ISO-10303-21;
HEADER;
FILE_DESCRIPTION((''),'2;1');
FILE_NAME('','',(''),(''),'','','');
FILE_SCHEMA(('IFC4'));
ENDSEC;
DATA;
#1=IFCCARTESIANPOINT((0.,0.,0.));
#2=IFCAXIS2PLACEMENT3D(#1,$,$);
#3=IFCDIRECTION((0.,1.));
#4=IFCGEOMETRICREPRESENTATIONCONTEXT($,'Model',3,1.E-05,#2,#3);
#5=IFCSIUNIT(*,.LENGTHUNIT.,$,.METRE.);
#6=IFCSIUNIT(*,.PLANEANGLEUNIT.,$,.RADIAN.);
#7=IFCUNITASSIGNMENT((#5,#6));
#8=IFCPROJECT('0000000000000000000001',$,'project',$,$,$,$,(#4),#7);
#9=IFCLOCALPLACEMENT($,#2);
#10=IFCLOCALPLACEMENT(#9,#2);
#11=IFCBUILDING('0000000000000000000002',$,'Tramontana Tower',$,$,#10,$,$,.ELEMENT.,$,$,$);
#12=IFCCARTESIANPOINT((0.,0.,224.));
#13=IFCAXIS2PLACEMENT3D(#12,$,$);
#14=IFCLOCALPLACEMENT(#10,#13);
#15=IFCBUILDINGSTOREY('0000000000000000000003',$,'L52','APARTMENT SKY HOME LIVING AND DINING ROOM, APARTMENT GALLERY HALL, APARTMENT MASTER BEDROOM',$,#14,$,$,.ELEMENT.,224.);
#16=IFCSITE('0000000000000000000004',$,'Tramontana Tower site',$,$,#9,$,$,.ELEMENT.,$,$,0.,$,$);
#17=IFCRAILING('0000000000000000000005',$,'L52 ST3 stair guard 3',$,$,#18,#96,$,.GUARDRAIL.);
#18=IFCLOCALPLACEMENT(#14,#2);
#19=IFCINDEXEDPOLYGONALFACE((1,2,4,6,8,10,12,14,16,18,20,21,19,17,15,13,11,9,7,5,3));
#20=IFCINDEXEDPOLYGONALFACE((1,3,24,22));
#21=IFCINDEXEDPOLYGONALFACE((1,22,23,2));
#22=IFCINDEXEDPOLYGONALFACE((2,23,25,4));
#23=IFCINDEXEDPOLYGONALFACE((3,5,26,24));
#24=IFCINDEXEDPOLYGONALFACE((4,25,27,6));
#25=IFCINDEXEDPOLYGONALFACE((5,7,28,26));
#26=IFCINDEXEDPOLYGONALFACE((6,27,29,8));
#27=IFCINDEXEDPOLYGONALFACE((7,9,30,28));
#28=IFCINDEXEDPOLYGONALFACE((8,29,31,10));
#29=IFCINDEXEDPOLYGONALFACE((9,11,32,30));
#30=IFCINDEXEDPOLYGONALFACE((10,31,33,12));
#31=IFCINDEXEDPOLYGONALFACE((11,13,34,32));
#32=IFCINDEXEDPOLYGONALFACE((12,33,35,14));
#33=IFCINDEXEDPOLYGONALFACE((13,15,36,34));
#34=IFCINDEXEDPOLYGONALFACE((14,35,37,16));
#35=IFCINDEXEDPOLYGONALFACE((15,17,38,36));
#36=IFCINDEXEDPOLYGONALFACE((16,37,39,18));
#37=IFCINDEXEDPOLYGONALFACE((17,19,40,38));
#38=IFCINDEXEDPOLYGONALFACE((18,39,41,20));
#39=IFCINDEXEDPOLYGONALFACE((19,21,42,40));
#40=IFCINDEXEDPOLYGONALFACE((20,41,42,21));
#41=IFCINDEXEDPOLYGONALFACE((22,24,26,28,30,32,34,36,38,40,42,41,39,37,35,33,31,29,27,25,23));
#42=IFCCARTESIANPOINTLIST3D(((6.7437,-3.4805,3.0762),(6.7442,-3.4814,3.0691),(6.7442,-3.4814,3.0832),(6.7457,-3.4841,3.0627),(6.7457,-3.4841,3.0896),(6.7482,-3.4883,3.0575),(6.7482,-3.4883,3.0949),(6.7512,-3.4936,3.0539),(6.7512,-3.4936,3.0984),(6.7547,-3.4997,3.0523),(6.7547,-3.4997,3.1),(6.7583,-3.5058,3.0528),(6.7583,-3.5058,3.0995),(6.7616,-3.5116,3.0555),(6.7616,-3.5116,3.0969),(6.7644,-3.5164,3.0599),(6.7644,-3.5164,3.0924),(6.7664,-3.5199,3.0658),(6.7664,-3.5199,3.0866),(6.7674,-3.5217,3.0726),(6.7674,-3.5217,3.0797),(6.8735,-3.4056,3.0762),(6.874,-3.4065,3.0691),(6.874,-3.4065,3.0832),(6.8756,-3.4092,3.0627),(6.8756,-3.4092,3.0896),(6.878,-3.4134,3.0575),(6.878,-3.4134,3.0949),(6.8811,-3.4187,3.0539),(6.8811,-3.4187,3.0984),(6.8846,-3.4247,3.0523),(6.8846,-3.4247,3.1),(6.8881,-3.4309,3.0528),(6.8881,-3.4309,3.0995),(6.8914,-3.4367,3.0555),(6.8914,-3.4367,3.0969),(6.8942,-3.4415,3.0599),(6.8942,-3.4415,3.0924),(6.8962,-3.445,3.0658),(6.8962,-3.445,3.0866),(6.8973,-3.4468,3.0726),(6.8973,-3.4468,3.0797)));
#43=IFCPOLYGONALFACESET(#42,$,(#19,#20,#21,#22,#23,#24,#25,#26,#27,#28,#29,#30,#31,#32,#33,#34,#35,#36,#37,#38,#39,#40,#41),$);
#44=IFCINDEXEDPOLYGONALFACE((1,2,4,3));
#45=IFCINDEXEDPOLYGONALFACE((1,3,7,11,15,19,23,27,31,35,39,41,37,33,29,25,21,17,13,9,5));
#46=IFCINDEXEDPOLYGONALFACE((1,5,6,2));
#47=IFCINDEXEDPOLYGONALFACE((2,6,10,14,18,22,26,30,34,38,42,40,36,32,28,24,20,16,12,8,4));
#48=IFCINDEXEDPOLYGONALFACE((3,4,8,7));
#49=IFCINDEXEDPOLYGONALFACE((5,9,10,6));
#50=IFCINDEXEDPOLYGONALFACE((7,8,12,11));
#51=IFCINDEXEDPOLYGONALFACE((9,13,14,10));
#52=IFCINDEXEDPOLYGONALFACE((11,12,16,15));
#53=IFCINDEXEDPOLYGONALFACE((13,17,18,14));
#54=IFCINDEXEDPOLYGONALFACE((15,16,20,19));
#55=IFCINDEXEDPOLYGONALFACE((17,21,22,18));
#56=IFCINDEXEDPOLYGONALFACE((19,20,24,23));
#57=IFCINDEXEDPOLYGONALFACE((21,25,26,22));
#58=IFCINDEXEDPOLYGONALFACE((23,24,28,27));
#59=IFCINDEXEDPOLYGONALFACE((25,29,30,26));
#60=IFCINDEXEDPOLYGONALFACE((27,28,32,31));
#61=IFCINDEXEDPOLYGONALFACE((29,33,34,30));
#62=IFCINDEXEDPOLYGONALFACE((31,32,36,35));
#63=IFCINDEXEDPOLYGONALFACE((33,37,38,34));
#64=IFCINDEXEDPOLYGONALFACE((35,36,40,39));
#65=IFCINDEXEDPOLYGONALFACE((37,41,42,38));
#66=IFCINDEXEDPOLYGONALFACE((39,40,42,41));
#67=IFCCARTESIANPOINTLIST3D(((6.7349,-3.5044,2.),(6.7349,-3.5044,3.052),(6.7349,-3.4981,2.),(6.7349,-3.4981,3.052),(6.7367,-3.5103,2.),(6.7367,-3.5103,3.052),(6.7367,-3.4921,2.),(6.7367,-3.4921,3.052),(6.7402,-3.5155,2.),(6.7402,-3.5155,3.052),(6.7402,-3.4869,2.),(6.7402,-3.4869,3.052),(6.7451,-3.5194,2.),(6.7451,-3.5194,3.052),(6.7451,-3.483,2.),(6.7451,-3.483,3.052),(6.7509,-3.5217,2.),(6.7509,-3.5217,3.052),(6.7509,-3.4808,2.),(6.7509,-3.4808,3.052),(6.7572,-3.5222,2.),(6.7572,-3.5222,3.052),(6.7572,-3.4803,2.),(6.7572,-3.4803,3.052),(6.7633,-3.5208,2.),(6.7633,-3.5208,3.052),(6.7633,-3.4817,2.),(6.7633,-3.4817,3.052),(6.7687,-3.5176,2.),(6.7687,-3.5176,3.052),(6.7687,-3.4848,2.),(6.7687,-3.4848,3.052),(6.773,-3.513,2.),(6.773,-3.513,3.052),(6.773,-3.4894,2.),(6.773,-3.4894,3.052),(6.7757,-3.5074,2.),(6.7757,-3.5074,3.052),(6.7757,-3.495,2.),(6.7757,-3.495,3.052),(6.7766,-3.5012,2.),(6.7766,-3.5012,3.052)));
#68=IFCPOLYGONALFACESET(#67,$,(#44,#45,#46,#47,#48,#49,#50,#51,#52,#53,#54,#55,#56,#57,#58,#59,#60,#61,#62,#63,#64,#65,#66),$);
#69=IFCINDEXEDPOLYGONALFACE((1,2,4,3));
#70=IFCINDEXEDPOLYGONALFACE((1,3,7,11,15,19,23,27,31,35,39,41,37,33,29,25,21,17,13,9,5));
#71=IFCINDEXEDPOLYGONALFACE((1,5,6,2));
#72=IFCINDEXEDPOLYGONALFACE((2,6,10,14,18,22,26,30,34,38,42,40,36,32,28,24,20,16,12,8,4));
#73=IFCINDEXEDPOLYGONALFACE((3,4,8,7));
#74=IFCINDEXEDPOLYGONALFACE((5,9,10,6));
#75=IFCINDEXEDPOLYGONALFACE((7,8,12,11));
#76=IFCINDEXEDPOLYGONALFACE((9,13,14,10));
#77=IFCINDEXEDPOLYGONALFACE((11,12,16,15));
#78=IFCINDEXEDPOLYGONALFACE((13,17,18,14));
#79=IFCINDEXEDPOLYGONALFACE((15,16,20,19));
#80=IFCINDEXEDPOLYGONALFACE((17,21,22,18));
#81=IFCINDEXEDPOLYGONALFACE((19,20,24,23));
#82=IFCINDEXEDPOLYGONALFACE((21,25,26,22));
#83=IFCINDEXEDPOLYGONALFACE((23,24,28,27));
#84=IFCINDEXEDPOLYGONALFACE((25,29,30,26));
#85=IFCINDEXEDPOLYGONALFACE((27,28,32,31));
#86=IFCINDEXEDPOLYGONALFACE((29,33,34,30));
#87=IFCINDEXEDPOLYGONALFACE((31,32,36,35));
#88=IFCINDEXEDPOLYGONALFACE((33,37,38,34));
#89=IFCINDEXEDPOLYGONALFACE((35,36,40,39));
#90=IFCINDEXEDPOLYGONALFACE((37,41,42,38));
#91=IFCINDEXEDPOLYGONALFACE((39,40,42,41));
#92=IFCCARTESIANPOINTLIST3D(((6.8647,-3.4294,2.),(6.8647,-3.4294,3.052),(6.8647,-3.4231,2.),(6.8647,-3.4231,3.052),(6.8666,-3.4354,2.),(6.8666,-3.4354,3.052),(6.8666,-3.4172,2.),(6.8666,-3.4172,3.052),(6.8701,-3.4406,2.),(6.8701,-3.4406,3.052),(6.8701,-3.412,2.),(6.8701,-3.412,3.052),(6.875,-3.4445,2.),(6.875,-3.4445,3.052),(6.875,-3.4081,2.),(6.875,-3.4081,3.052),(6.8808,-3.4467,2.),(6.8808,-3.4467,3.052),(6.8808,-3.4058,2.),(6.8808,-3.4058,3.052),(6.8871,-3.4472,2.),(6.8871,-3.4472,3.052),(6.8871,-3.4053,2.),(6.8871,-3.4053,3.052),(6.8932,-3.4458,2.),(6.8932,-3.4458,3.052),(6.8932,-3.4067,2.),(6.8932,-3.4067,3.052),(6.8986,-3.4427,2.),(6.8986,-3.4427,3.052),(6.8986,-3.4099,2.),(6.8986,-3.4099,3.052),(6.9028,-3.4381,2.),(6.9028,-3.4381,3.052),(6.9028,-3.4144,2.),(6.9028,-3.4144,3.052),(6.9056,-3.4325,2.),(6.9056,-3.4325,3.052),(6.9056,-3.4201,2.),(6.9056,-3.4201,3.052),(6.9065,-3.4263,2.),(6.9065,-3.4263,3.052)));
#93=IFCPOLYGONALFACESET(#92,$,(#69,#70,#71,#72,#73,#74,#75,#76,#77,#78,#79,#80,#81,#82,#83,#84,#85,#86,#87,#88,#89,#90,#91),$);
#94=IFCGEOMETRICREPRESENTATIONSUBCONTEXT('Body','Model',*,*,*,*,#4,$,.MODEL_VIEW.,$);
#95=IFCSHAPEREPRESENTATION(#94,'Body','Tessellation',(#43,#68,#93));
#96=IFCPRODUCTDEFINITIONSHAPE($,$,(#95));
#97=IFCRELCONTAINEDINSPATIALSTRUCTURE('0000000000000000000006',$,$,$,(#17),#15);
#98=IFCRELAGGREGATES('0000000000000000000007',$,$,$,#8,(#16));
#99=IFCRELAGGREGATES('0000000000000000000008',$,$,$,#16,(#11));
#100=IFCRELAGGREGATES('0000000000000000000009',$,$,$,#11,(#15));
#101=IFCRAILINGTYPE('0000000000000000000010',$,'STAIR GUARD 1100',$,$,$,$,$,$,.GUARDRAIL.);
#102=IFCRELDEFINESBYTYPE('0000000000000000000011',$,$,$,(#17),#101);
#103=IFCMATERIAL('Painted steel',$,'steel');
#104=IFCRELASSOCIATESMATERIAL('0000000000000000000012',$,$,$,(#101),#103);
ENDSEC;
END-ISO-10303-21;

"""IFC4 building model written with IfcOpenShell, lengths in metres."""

from ifc_helpers import new_model, si_unit, direction, frame, origin, origin_2d, place, context, subcontext, project, spatial, circle, extrude, material, type_object, element, save


model = new_model("IFC4")

# Units and contexts
model_context = context("Model", 3, precision=1e-05, world=origin(), true_north=direction((0.0, 1.0)))
body_context = subcontext(model_context, "Body", "Model", "MODEL_VIEW")
ifc_project = project(units=[si_unit("LENGTHUNIT", "METRE"), si_unit("PLANEANGLEUNIT", "RADIAN")], contexts=[model_context])

# Site, building, storey
site_placement = place(None, origin())
site = spatial("IfcSite", under=ifc_project, at=site_placement, Name="Tramontana Tower site", CompositionType="ELEMENT", RefElevation=0.0)
building_placement = place(site_placement, origin())
building = spatial("IfcBuilding", under=site, at=building_placement, Name="Tramontana Tower", CompositionType="ELEMENT")
storey_placement = place(building_placement, frame((0.0, 0.0, 224.0)))
storey = spatial("IfcBuildingStorey", under=building, at=storey_placement, Name="L52", Description="APARTMENT SKY HOME LIVING AND DINING ROOM, APARTMENT GALLERY HALL, APARTMENT MASTER BEDROOM", CompositionType="ELEMENT", Elevation=224.0)

# Railing
ifc_material_1 = material(Name="Painted steel", Category="steel")
railing_type_1 = type_object("IfcRailingType", Name="STAIR GUARD 1100", PredefinedType="GUARDRAIL", material=ifc_material_1)
railing_1_placement = place(storey_placement, frame((6.7556, -3.5012, 2.0)))
element("IfcRailing", 1, at=railing_1_placement, inside=storey, type_object=railing_type_1, Name="L52 ST3 stair guard 3", PredefinedType="GUARDRAIL", context=body_context, shape_type="SweptSolid", body=[
    extrude(circle(Radius=0.0239, at=origin_2d()), frame((0.0, 0.0, 1.0762), z_axis=(0.866131, 0.499816, 0.0), x_axis=(-0.499816, 0.866131, 0.0)), (0.0, 0.0, 1.0), 0.1499),
    extrude(circle(Radius=0.021, at=origin_2d()), origin(), (0.0, 0.0, 1.0), 1.052),
    extrude(circle(Radius=0.021, at=origin_2d()), frame((0.1299, 0.075, 0.0)), (0.0, 0.0, 1.0), 1.052),
])

save(model, "model.ifc")
